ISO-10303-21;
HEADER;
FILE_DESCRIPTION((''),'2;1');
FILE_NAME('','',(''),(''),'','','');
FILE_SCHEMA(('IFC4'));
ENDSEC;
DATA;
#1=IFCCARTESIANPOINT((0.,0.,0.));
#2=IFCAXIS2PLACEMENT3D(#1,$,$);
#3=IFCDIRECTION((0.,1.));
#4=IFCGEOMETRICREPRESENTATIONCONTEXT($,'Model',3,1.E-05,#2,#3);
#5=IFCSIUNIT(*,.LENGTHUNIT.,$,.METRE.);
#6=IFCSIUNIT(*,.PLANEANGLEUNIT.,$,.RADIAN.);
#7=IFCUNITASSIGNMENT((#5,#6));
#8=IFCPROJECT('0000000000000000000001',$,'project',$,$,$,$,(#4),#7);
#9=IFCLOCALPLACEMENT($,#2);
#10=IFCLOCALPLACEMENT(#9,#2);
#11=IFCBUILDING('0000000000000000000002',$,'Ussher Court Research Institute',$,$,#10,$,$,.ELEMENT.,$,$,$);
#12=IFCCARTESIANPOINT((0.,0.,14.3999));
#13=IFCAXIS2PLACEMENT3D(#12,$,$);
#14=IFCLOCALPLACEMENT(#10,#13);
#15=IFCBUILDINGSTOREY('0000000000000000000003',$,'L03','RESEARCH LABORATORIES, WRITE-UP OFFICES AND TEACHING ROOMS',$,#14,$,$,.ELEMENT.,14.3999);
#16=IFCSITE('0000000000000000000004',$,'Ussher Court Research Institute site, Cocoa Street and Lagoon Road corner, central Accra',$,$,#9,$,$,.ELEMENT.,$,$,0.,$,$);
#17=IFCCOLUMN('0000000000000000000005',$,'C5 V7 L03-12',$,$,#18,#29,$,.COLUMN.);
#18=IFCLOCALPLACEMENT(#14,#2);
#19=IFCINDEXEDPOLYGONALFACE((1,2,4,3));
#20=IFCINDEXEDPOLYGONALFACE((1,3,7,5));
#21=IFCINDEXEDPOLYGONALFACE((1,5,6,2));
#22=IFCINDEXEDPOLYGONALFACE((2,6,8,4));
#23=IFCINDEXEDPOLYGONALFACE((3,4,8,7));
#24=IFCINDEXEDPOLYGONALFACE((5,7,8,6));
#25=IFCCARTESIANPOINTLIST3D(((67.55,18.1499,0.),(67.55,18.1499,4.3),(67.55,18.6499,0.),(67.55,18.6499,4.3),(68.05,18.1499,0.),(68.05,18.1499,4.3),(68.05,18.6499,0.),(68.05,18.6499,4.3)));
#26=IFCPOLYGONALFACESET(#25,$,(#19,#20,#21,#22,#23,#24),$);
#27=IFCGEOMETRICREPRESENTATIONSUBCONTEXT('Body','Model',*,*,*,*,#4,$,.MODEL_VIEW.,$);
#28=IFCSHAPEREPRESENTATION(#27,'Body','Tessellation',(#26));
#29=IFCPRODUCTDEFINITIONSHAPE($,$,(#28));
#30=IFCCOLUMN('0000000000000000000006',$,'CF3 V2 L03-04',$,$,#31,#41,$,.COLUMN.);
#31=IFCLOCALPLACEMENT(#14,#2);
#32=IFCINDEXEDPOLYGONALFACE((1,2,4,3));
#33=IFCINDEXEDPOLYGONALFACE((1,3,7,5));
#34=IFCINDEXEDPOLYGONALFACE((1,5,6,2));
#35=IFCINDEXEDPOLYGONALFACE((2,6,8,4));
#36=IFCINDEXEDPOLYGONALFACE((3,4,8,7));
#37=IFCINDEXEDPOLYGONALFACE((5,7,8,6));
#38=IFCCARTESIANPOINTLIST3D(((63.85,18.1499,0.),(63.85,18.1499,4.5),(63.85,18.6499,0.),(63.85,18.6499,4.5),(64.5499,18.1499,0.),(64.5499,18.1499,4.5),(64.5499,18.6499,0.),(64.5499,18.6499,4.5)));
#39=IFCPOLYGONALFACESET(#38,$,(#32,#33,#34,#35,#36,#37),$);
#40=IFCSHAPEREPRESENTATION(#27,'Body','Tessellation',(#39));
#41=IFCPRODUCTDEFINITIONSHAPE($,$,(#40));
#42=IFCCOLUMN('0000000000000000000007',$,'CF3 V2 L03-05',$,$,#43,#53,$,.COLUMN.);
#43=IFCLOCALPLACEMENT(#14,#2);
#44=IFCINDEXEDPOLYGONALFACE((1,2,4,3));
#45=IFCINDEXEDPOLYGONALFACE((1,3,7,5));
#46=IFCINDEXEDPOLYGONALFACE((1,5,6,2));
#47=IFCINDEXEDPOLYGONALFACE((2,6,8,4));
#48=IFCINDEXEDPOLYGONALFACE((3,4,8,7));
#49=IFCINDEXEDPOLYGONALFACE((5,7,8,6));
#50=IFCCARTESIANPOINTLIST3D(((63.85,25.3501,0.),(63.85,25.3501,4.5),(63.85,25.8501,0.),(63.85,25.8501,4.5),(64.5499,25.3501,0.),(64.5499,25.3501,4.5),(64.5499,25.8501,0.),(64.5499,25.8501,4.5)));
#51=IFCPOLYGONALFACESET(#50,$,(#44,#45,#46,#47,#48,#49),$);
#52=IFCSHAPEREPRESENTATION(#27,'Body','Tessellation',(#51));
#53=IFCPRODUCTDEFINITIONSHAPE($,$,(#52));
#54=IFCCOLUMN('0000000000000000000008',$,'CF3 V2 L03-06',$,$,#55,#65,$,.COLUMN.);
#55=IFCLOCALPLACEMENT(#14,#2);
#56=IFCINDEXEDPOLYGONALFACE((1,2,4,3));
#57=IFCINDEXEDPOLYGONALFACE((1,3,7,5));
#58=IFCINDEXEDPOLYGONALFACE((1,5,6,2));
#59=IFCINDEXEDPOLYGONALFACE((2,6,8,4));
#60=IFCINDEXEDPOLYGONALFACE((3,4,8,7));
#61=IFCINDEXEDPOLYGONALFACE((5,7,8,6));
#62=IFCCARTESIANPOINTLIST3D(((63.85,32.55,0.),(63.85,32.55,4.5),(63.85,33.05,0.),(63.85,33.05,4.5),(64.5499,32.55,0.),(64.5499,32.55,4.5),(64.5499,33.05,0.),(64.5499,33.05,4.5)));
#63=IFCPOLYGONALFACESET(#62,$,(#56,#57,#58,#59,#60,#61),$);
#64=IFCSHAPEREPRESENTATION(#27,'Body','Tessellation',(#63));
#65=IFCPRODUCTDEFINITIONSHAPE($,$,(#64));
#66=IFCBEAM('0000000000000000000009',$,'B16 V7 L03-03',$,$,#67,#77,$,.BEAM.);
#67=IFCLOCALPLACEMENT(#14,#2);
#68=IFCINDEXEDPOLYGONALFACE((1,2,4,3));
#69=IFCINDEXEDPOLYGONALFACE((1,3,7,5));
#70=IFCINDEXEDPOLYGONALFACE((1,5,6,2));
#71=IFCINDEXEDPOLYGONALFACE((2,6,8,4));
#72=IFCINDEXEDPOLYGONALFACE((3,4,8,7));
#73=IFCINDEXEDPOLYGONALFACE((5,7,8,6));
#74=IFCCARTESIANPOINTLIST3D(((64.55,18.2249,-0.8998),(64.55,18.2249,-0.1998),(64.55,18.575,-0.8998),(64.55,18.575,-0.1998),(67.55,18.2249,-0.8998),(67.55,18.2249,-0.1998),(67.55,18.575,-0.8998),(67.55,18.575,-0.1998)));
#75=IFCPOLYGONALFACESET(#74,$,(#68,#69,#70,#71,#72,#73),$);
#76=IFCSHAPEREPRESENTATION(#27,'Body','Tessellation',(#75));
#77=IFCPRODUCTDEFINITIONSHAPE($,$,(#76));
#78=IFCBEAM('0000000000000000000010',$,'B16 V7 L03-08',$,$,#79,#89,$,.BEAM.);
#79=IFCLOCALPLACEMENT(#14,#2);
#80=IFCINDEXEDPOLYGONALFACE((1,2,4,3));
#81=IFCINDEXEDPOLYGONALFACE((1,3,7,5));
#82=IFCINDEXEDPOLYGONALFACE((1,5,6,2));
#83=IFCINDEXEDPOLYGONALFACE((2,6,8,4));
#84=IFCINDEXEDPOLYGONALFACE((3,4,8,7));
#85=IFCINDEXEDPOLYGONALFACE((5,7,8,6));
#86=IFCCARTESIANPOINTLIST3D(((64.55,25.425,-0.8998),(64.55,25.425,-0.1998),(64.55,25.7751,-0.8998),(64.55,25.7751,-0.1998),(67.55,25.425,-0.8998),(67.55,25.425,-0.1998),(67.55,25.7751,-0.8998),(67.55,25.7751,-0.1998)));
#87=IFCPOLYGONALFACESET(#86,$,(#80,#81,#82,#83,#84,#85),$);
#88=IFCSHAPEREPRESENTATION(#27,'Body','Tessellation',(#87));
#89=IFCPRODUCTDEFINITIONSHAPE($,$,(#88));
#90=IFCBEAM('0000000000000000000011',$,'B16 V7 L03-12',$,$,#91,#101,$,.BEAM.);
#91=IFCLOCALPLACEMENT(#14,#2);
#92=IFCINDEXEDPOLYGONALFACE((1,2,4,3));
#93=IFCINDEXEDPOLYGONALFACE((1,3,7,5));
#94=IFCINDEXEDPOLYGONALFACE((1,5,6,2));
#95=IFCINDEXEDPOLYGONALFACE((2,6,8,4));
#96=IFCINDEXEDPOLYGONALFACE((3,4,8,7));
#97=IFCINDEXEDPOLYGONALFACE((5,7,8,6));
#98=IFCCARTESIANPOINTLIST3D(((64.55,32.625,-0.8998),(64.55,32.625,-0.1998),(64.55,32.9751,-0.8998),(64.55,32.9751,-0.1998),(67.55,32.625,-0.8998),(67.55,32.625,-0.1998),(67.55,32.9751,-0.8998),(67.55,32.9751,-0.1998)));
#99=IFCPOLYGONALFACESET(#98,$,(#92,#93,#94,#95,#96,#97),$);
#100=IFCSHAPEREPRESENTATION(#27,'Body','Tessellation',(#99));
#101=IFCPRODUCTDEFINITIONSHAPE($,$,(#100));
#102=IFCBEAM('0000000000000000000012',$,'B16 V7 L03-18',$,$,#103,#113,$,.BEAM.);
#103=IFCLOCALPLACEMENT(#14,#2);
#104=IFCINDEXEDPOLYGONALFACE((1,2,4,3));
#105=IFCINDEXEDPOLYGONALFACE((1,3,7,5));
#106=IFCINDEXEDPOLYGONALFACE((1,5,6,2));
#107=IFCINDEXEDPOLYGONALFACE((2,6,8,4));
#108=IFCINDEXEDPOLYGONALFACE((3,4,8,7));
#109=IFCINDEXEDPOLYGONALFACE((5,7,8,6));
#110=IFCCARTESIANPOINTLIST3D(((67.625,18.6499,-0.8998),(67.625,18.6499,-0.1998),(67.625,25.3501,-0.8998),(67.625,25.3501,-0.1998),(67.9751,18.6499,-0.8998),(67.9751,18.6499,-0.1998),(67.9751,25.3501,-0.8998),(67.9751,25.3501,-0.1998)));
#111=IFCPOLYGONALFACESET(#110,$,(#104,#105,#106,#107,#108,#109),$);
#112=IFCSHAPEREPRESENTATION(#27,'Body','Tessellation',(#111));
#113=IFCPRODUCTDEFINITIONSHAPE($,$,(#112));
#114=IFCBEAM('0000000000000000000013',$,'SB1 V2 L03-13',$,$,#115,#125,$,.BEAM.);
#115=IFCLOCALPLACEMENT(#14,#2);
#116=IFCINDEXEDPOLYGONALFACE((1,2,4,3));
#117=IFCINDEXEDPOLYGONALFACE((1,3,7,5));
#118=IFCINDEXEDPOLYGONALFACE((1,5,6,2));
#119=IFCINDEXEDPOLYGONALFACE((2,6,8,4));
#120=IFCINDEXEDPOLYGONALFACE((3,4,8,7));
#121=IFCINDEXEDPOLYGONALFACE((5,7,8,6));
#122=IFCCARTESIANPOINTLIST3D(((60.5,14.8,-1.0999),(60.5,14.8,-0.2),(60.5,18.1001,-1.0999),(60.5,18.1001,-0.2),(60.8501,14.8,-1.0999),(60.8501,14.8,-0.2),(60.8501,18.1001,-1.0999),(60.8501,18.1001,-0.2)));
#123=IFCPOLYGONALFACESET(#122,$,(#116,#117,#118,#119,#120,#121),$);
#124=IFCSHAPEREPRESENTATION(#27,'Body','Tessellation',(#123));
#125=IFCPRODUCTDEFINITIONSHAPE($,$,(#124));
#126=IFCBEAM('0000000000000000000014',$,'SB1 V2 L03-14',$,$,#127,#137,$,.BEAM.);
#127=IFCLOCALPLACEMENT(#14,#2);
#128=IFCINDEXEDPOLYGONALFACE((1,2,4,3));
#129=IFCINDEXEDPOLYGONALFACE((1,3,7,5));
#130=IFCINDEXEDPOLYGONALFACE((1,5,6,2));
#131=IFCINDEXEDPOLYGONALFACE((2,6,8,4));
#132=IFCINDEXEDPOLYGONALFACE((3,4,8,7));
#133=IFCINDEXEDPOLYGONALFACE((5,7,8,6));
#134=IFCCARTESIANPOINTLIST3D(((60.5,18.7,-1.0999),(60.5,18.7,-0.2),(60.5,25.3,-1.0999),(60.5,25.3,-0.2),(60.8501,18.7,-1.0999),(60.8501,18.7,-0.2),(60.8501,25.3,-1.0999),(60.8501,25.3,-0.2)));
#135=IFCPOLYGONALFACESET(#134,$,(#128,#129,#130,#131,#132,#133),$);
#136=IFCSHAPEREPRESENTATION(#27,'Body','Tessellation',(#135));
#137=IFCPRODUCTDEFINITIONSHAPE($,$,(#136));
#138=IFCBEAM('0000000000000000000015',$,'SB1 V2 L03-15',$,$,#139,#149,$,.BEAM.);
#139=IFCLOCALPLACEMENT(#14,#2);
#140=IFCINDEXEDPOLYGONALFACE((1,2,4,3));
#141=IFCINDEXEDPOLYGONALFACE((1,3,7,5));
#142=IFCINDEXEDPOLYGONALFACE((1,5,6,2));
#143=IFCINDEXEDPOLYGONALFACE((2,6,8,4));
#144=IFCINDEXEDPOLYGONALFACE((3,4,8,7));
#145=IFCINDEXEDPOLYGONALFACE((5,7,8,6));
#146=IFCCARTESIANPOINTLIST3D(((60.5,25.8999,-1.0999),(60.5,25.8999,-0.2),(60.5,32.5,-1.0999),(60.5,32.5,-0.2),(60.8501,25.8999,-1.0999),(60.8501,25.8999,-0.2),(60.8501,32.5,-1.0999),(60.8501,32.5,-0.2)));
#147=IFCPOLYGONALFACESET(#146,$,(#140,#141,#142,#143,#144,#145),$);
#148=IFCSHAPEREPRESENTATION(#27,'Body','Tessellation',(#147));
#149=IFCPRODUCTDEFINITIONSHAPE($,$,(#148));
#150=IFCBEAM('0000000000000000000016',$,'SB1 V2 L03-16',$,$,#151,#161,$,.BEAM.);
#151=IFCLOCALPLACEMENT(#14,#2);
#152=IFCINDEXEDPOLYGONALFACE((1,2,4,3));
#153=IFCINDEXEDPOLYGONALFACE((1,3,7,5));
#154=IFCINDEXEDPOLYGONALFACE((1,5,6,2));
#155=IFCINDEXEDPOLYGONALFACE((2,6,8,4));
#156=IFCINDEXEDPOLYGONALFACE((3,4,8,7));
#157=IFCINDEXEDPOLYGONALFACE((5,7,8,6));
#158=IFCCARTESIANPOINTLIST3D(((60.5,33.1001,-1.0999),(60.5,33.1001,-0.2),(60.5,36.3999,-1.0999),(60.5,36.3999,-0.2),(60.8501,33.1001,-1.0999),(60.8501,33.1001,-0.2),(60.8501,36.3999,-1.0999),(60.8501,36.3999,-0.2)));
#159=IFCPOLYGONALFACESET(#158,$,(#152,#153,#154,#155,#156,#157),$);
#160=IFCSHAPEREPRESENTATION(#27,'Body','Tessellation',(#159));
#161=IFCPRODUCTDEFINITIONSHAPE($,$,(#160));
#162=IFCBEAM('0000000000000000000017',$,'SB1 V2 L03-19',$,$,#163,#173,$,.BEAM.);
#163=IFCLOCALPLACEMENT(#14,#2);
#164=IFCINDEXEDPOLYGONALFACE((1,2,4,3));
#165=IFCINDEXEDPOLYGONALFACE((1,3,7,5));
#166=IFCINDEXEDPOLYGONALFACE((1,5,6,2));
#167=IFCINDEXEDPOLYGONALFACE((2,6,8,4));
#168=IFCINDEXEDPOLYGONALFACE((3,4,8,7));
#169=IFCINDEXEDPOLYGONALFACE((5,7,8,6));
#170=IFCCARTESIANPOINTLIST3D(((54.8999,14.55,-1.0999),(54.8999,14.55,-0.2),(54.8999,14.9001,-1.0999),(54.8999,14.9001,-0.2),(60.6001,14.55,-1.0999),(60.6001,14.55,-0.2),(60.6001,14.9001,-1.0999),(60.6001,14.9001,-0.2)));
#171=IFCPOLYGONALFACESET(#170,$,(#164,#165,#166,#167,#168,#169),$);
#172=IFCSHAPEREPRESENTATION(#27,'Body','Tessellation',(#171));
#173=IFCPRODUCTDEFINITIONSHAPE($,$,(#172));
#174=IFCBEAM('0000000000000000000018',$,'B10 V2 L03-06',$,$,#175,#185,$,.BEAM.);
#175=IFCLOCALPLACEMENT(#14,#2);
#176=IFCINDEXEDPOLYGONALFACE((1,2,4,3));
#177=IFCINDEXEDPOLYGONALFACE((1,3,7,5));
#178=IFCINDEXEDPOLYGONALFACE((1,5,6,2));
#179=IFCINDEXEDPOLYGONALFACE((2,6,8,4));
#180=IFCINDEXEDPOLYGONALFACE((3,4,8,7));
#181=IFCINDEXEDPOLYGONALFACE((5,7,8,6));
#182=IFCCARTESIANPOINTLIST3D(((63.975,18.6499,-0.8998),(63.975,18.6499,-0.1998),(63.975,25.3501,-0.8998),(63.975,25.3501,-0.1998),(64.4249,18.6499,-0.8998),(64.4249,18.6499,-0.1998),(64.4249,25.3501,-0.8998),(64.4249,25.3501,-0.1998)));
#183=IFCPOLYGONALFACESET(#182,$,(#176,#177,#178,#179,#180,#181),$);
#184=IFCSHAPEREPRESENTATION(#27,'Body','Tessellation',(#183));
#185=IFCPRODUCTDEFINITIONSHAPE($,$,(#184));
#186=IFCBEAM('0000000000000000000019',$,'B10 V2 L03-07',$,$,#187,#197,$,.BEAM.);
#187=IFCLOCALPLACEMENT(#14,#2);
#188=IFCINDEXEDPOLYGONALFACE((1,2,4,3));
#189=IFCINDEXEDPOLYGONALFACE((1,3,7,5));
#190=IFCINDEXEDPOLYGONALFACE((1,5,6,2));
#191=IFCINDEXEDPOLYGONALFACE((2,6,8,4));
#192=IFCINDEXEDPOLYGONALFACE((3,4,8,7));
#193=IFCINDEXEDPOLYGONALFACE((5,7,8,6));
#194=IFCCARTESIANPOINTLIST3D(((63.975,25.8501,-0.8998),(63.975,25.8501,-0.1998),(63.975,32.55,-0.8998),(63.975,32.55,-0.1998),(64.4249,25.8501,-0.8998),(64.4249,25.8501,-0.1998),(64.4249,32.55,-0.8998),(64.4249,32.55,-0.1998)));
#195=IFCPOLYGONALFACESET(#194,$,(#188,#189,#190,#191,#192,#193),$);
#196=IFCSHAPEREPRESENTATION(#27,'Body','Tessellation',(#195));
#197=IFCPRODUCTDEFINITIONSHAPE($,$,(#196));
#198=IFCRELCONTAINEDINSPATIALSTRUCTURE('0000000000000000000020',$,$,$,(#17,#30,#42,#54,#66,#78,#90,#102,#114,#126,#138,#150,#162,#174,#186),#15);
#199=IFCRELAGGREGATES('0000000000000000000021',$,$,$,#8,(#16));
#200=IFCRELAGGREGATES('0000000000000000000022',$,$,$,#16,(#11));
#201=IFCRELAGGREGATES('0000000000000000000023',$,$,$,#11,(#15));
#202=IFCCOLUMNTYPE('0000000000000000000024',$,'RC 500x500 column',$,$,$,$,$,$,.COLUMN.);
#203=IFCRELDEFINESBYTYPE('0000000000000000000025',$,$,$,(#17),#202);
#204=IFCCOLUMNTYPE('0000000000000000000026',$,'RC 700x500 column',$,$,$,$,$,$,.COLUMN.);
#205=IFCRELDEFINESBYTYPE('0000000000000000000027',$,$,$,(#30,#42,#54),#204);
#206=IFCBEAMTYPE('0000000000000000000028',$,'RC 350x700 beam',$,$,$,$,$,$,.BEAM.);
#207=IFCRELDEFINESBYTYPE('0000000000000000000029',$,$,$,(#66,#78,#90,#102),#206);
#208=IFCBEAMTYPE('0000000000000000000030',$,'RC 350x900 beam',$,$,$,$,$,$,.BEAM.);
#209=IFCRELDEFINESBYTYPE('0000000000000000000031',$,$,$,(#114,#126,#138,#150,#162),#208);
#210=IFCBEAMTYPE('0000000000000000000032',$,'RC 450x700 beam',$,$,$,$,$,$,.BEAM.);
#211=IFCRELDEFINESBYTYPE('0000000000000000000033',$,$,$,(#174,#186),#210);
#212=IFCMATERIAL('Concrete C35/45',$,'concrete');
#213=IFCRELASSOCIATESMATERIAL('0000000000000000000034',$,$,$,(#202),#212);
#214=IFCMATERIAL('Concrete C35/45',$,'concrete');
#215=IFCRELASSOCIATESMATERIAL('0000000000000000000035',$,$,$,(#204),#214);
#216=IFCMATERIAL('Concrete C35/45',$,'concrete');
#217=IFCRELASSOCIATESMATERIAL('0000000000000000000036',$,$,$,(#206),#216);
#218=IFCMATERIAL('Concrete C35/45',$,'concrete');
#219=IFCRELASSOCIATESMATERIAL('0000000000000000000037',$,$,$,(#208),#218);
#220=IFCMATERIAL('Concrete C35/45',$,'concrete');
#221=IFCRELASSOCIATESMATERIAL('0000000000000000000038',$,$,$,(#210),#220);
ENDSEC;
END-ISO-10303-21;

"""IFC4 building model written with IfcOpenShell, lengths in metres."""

from ifc_helpers import new_model, si_unit, direction, frame, origin, origin_2d, place, context, subcontext, project, spatial, rectangle, extrude, material, material_profile, profile_set, type_object, element, save


model = new_model("IFC4")

# Units and contexts
model_context = context("Model", 3, precision=1e-05, world=origin(), true_north=direction((0.0, 1.0)))
body_context = subcontext(model_context, "Body", "Model", "MODEL_VIEW")
ifc_project = project(units=[si_unit("LENGTHUNIT", "METRE"), si_unit("PLANEANGLEUNIT", "RADIAN")], contexts=[model_context])

# Site, building, storey
site_placement = place(None, origin())
site = spatial("IfcSite", under=ifc_project, at=site_placement, Name="Ussher Court Research Institute site, Cocoa Street and Lagoon Road corner, central Accra", CompositionType="ELEMENT", RefElevation=0.0)
building_placement = place(site_placement, origin())
building = spatial("IfcBuilding", under=site, at=building_placement, Name="Ussher Court Research Institute", CompositionType="ELEMENT")
storey_placement = place(building_placement, frame((0.0, 0.0, 14.3999)))
storey = spatial("IfcBuildingStorey", under=building, at=storey_placement, Name="L03", Description="RESEARCH LABORATORIES, WRITE-UP OFFICES AND TEACHING ROOMS", CompositionType="ELEMENT", Elevation=14.3999)

# Columns
ifc_material_1 = material(Name="Concrete C35/45", Category="concrete")
ifc_material_profile_1 = material_profile(ifc_material_1, rectangle(XDim=0.5, YDim=0.5, at=origin_2d()), Name="RC 500x500")
ifc_profile_set_1 = profile_set([ifc_material_profile_1], Name="Concrete C35/45")
column_type_1 = type_object("IfcColumnType", Name="RC 500x500 column", PredefinedType="COLUMN", material=ifc_profile_set_1)
column_placement = place(storey_placement, frame((67.8, 18.3999, 0.0), z_axis=(0.0, 0.0, 1.0), x_axis=(1.0, 0.0, 0.0)))
element("IfcColumn", 1, at=column_placement, inside=storey, type_object=column_type_1, Name="C5 V7 L03-12", PredefinedType="COLUMN", context=body_context, shape_type="SweptSolid", body=[
    extrude(rectangle(XDim=0.5, YDim=0.5, at=origin_2d()), origin(), (0.0, 0.0, 1.0), 4.3),
])
ifc_material_2 = material(Name="Concrete C35/45", Category="concrete")
ifc_material_profile_2 = material_profile(ifc_material_2, rectangle(XDim=0.7, YDim=0.5, at=origin_2d()), Name="RC 700x500")
ifc_profile_set_2 = profile_set([ifc_material_profile_2], Name="Concrete C35/45")
column_type_2 = type_object("IfcColumnType", Name="RC 700x500 column", PredefinedType="COLUMN", material=ifc_profile_set_2)
for number, where, z_axis, x_axis, name in (
    (2, (64.2, 18.3999, 0.0), (0.0, 0.0, 1.0), (1.0, 0.0, 0.0), "CF3 V2 L03-04"),
    (3, (64.2, 25.6001, 0.0), (0.0, 0.0, 1.0), (1.0, 0.0, 0.0), "CF3 V2 L03-05"),
    (4, (64.2, 32.8, 0.0), (0.0, 0.0, 1.0), (1.0, 0.0, 0.0), "CF3 V2 L03-06"),
):
    element("IfcColumn", number, at=place(storey_placement, frame(where, z_axis=z_axis, x_axis=x_axis)), inside=storey, type_object=column_type_2, Name=name, PredefinedType="COLUMN", context=body_context, shape_type="SweptSolid", body=[
        extrude(rectangle(XDim=0.7, YDim=0.5, at=origin_2d()), origin(), (0.0, 0.0, 1.0), 4.5),
    ])

# Beams
ifc_material_3 = material(Name="Concrete C35/45", Category="concrete")
ifc_material_profile_3 = material_profile(ifc_material_3, rectangle(XDim=0.3501, YDim=0.7, at=origin_2d()), Name="RC 350x700")
ifc_profile_set_3 = profile_set([ifc_material_profile_3], Name="Concrete C35/45")
beam_type_1 = type_object("IfcBeamType", Name="RC 350x700 beam", PredefinedType="BEAM", material=ifc_profile_set_3)
for number, where, z_axis, x_axis, name in (
    (5, (64.55, 18.3999, -0.5498), (1.0, 0.0, 0.0), (0.0, 1.0, 0.0), "B16 V7 L03-03"),
    (6, (64.55, 25.6001, -0.5498), (1.0, 0.0, 0.0), (0.0, 1.0, 0.0), "B16 V7 L03-08"),
    (7, (64.55, 32.8, -0.5498), (1.0, 0.0, 0.0), (0.0, 1.0, 0.0), "B16 V7 L03-12"),
):
    element("IfcBeam", number, at=place(storey_placement, frame(where, z_axis=z_axis, x_axis=x_axis)), inside=storey, type_object=beam_type_1, Name=name, PredefinedType="BEAM", context=body_context, shape_type="SweptSolid", body=[
        extrude(rectangle(XDim=0.3501, YDim=0.7, at=origin_2d()), origin(), (0.0, 0.0, 1.0), 3.0),
    ])
beam_1_placement = place(storey_placement, frame((67.8, 18.6499, -0.5498), z_axis=(0.0, 1.0, 0.0), x_axis=(-1.0, 0.0, 0.0)))
element("IfcBeam", 8, at=beam_1_placement, inside=storey, type_object=beam_type_1, Name="B16 V7 L03-18", PredefinedType="BEAM", context=body_context, shape_type="SweptSolid", body=[
    extrude(rectangle(XDim=0.3501, YDim=0.7, at=origin_2d()), origin(), (0.0, 0.0, 1.0), 6.7002),
])
ifc_material_4 = material(Name="Concrete C35/45", Category="concrete")
ifc_material_profile_4 = material_profile(ifc_material_4, rectangle(XDim=0.3501, YDim=0.8999, at=origin_2d()), Name="RC 350x900")
ifc_profile_set_4 = profile_set([ifc_material_profile_4], Name="Concrete C35/45")
beam_type_2 = type_object("IfcBeamType", Name="RC 350x900 beam", PredefinedType="BEAM", material=ifc_profile_set_4)
beam_2_placement = place(storey_placement, frame((60.675, 14.8, -0.6499), z_axis=(0.0, 1.0, 0.0), x_axis=(-1.0, 0.0, 0.0)))
element("IfcBeam", 9, at=beam_2_placement, inside=storey, type_object=beam_type_2, Name="SB1 V2 L03-13", PredefinedType="BEAM", context=body_context, shape_type="SweptSolid", body=[
    extrude(rectangle(XDim=0.3501, YDim=0.8999, at=origin_2d()), origin(), (0.0, 0.0, 1.0), 3.3),
])
for number, where, z_axis, x_axis, name in (
    (10, (60.675, 18.7, -0.6499), (0.0, 1.0, 0.0), (-1.0, 0.0, 0.0), "SB1 V2 L03-14"),
    (11, (60.675, 25.8999, -0.6499), (0.0, 1.0, 0.0), (-1.0, 0.0, 0.0), "SB1 V2 L03-15"),
):
    element("IfcBeam", number, at=place(storey_placement, frame(where, z_axis=z_axis, x_axis=x_axis)), inside=storey, type_object=beam_type_2, Name=name, PredefinedType="BEAM", context=body_context, shape_type="SweptSolid", body=[
        extrude(rectangle(XDim=0.3501, YDim=0.8999, at=origin_2d()), origin(), (0.0, 0.0, 1.0), 6.6001),
    ])
beam_3_placement = place(storey_placement, frame((60.675, 33.1001, -0.6499), z_axis=(0.0, 1.0, 0.0), x_axis=(-1.0, 0.0, 0.0)))
element("IfcBeam", 12, at=beam_3_placement, inside=storey, type_object=beam_type_2, Name="SB1 V2 L03-16", PredefinedType="BEAM", context=body_context, shape_type="SweptSolid", body=[
    extrude(rectangle(XDim=0.3501, YDim=0.8999, at=origin_2d()), origin(), (0.0, 0.0, 1.0), 3.2998),
])
beam_4_placement = place(storey_placement, frame((54.8999, 14.7251, -0.6499), z_axis=(1.0, 0.0, 0.0), x_axis=(0.0, 1.0, 0.0)))
element("IfcBeam", 13, at=beam_4_placement, inside=storey, type_object=beam_type_2, Name="SB1 V2 L03-19", PredefinedType="BEAM", context=body_context, shape_type="SweptSolid", body=[
    extrude(rectangle(XDim=0.3501, YDim=0.8999, at=origin_2d()), origin(), (0.0, 0.0, 1.0), 5.7002),
])
ifc_material_5 = material(Name="Concrete C35/45", Category="concrete")
ifc_material_profile_5 = material_profile(ifc_material_5, rectangle(XDim=0.45, YDim=0.7, at=origin_2d()), Name="RC 450x700")
ifc_profile_set_5 = profile_set([ifc_material_profile_5], Name="Concrete C35/45")
beam_type_3 = type_object("IfcBeamType", Name="RC 450x700 beam", PredefinedType="BEAM", material=ifc_profile_set_5)
beam_5_placement = place(storey_placement, frame((64.2, 18.6499, -0.5498), z_axis=(0.0, 1.0, 0.0), x_axis=(-1.0, 0.0, 0.0)))
element("IfcBeam", 14, at=beam_5_placement, inside=storey, type_object=beam_type_3, Name="B10 V2 L03-06", PredefinedType="BEAM", context=body_context, shape_type="SweptSolid", body=[
    extrude(rectangle(XDim=0.45, YDim=0.7, at=origin_2d()), origin(), (0.0, 0.0, 1.0), 6.7002),
])
beam_6_placement = place(storey_placement, frame((64.2, 25.8501, -0.5498), z_axis=(0.0, 1.0, 0.0), x_axis=(-1.0, 0.0, 0.0)))
element("IfcBeam", 15, at=beam_6_placement, inside=storey, type_object=beam_type_3, Name="B10 V2 L03-07", PredefinedType="BEAM", context=body_context, shape_type="SweptSolid", body=[
    extrude(rectangle(XDim=0.45, YDim=0.7, at=origin_2d()), origin(), (0.0, 0.0, 1.0), 6.7),
])

save(model, "model.ifc")
